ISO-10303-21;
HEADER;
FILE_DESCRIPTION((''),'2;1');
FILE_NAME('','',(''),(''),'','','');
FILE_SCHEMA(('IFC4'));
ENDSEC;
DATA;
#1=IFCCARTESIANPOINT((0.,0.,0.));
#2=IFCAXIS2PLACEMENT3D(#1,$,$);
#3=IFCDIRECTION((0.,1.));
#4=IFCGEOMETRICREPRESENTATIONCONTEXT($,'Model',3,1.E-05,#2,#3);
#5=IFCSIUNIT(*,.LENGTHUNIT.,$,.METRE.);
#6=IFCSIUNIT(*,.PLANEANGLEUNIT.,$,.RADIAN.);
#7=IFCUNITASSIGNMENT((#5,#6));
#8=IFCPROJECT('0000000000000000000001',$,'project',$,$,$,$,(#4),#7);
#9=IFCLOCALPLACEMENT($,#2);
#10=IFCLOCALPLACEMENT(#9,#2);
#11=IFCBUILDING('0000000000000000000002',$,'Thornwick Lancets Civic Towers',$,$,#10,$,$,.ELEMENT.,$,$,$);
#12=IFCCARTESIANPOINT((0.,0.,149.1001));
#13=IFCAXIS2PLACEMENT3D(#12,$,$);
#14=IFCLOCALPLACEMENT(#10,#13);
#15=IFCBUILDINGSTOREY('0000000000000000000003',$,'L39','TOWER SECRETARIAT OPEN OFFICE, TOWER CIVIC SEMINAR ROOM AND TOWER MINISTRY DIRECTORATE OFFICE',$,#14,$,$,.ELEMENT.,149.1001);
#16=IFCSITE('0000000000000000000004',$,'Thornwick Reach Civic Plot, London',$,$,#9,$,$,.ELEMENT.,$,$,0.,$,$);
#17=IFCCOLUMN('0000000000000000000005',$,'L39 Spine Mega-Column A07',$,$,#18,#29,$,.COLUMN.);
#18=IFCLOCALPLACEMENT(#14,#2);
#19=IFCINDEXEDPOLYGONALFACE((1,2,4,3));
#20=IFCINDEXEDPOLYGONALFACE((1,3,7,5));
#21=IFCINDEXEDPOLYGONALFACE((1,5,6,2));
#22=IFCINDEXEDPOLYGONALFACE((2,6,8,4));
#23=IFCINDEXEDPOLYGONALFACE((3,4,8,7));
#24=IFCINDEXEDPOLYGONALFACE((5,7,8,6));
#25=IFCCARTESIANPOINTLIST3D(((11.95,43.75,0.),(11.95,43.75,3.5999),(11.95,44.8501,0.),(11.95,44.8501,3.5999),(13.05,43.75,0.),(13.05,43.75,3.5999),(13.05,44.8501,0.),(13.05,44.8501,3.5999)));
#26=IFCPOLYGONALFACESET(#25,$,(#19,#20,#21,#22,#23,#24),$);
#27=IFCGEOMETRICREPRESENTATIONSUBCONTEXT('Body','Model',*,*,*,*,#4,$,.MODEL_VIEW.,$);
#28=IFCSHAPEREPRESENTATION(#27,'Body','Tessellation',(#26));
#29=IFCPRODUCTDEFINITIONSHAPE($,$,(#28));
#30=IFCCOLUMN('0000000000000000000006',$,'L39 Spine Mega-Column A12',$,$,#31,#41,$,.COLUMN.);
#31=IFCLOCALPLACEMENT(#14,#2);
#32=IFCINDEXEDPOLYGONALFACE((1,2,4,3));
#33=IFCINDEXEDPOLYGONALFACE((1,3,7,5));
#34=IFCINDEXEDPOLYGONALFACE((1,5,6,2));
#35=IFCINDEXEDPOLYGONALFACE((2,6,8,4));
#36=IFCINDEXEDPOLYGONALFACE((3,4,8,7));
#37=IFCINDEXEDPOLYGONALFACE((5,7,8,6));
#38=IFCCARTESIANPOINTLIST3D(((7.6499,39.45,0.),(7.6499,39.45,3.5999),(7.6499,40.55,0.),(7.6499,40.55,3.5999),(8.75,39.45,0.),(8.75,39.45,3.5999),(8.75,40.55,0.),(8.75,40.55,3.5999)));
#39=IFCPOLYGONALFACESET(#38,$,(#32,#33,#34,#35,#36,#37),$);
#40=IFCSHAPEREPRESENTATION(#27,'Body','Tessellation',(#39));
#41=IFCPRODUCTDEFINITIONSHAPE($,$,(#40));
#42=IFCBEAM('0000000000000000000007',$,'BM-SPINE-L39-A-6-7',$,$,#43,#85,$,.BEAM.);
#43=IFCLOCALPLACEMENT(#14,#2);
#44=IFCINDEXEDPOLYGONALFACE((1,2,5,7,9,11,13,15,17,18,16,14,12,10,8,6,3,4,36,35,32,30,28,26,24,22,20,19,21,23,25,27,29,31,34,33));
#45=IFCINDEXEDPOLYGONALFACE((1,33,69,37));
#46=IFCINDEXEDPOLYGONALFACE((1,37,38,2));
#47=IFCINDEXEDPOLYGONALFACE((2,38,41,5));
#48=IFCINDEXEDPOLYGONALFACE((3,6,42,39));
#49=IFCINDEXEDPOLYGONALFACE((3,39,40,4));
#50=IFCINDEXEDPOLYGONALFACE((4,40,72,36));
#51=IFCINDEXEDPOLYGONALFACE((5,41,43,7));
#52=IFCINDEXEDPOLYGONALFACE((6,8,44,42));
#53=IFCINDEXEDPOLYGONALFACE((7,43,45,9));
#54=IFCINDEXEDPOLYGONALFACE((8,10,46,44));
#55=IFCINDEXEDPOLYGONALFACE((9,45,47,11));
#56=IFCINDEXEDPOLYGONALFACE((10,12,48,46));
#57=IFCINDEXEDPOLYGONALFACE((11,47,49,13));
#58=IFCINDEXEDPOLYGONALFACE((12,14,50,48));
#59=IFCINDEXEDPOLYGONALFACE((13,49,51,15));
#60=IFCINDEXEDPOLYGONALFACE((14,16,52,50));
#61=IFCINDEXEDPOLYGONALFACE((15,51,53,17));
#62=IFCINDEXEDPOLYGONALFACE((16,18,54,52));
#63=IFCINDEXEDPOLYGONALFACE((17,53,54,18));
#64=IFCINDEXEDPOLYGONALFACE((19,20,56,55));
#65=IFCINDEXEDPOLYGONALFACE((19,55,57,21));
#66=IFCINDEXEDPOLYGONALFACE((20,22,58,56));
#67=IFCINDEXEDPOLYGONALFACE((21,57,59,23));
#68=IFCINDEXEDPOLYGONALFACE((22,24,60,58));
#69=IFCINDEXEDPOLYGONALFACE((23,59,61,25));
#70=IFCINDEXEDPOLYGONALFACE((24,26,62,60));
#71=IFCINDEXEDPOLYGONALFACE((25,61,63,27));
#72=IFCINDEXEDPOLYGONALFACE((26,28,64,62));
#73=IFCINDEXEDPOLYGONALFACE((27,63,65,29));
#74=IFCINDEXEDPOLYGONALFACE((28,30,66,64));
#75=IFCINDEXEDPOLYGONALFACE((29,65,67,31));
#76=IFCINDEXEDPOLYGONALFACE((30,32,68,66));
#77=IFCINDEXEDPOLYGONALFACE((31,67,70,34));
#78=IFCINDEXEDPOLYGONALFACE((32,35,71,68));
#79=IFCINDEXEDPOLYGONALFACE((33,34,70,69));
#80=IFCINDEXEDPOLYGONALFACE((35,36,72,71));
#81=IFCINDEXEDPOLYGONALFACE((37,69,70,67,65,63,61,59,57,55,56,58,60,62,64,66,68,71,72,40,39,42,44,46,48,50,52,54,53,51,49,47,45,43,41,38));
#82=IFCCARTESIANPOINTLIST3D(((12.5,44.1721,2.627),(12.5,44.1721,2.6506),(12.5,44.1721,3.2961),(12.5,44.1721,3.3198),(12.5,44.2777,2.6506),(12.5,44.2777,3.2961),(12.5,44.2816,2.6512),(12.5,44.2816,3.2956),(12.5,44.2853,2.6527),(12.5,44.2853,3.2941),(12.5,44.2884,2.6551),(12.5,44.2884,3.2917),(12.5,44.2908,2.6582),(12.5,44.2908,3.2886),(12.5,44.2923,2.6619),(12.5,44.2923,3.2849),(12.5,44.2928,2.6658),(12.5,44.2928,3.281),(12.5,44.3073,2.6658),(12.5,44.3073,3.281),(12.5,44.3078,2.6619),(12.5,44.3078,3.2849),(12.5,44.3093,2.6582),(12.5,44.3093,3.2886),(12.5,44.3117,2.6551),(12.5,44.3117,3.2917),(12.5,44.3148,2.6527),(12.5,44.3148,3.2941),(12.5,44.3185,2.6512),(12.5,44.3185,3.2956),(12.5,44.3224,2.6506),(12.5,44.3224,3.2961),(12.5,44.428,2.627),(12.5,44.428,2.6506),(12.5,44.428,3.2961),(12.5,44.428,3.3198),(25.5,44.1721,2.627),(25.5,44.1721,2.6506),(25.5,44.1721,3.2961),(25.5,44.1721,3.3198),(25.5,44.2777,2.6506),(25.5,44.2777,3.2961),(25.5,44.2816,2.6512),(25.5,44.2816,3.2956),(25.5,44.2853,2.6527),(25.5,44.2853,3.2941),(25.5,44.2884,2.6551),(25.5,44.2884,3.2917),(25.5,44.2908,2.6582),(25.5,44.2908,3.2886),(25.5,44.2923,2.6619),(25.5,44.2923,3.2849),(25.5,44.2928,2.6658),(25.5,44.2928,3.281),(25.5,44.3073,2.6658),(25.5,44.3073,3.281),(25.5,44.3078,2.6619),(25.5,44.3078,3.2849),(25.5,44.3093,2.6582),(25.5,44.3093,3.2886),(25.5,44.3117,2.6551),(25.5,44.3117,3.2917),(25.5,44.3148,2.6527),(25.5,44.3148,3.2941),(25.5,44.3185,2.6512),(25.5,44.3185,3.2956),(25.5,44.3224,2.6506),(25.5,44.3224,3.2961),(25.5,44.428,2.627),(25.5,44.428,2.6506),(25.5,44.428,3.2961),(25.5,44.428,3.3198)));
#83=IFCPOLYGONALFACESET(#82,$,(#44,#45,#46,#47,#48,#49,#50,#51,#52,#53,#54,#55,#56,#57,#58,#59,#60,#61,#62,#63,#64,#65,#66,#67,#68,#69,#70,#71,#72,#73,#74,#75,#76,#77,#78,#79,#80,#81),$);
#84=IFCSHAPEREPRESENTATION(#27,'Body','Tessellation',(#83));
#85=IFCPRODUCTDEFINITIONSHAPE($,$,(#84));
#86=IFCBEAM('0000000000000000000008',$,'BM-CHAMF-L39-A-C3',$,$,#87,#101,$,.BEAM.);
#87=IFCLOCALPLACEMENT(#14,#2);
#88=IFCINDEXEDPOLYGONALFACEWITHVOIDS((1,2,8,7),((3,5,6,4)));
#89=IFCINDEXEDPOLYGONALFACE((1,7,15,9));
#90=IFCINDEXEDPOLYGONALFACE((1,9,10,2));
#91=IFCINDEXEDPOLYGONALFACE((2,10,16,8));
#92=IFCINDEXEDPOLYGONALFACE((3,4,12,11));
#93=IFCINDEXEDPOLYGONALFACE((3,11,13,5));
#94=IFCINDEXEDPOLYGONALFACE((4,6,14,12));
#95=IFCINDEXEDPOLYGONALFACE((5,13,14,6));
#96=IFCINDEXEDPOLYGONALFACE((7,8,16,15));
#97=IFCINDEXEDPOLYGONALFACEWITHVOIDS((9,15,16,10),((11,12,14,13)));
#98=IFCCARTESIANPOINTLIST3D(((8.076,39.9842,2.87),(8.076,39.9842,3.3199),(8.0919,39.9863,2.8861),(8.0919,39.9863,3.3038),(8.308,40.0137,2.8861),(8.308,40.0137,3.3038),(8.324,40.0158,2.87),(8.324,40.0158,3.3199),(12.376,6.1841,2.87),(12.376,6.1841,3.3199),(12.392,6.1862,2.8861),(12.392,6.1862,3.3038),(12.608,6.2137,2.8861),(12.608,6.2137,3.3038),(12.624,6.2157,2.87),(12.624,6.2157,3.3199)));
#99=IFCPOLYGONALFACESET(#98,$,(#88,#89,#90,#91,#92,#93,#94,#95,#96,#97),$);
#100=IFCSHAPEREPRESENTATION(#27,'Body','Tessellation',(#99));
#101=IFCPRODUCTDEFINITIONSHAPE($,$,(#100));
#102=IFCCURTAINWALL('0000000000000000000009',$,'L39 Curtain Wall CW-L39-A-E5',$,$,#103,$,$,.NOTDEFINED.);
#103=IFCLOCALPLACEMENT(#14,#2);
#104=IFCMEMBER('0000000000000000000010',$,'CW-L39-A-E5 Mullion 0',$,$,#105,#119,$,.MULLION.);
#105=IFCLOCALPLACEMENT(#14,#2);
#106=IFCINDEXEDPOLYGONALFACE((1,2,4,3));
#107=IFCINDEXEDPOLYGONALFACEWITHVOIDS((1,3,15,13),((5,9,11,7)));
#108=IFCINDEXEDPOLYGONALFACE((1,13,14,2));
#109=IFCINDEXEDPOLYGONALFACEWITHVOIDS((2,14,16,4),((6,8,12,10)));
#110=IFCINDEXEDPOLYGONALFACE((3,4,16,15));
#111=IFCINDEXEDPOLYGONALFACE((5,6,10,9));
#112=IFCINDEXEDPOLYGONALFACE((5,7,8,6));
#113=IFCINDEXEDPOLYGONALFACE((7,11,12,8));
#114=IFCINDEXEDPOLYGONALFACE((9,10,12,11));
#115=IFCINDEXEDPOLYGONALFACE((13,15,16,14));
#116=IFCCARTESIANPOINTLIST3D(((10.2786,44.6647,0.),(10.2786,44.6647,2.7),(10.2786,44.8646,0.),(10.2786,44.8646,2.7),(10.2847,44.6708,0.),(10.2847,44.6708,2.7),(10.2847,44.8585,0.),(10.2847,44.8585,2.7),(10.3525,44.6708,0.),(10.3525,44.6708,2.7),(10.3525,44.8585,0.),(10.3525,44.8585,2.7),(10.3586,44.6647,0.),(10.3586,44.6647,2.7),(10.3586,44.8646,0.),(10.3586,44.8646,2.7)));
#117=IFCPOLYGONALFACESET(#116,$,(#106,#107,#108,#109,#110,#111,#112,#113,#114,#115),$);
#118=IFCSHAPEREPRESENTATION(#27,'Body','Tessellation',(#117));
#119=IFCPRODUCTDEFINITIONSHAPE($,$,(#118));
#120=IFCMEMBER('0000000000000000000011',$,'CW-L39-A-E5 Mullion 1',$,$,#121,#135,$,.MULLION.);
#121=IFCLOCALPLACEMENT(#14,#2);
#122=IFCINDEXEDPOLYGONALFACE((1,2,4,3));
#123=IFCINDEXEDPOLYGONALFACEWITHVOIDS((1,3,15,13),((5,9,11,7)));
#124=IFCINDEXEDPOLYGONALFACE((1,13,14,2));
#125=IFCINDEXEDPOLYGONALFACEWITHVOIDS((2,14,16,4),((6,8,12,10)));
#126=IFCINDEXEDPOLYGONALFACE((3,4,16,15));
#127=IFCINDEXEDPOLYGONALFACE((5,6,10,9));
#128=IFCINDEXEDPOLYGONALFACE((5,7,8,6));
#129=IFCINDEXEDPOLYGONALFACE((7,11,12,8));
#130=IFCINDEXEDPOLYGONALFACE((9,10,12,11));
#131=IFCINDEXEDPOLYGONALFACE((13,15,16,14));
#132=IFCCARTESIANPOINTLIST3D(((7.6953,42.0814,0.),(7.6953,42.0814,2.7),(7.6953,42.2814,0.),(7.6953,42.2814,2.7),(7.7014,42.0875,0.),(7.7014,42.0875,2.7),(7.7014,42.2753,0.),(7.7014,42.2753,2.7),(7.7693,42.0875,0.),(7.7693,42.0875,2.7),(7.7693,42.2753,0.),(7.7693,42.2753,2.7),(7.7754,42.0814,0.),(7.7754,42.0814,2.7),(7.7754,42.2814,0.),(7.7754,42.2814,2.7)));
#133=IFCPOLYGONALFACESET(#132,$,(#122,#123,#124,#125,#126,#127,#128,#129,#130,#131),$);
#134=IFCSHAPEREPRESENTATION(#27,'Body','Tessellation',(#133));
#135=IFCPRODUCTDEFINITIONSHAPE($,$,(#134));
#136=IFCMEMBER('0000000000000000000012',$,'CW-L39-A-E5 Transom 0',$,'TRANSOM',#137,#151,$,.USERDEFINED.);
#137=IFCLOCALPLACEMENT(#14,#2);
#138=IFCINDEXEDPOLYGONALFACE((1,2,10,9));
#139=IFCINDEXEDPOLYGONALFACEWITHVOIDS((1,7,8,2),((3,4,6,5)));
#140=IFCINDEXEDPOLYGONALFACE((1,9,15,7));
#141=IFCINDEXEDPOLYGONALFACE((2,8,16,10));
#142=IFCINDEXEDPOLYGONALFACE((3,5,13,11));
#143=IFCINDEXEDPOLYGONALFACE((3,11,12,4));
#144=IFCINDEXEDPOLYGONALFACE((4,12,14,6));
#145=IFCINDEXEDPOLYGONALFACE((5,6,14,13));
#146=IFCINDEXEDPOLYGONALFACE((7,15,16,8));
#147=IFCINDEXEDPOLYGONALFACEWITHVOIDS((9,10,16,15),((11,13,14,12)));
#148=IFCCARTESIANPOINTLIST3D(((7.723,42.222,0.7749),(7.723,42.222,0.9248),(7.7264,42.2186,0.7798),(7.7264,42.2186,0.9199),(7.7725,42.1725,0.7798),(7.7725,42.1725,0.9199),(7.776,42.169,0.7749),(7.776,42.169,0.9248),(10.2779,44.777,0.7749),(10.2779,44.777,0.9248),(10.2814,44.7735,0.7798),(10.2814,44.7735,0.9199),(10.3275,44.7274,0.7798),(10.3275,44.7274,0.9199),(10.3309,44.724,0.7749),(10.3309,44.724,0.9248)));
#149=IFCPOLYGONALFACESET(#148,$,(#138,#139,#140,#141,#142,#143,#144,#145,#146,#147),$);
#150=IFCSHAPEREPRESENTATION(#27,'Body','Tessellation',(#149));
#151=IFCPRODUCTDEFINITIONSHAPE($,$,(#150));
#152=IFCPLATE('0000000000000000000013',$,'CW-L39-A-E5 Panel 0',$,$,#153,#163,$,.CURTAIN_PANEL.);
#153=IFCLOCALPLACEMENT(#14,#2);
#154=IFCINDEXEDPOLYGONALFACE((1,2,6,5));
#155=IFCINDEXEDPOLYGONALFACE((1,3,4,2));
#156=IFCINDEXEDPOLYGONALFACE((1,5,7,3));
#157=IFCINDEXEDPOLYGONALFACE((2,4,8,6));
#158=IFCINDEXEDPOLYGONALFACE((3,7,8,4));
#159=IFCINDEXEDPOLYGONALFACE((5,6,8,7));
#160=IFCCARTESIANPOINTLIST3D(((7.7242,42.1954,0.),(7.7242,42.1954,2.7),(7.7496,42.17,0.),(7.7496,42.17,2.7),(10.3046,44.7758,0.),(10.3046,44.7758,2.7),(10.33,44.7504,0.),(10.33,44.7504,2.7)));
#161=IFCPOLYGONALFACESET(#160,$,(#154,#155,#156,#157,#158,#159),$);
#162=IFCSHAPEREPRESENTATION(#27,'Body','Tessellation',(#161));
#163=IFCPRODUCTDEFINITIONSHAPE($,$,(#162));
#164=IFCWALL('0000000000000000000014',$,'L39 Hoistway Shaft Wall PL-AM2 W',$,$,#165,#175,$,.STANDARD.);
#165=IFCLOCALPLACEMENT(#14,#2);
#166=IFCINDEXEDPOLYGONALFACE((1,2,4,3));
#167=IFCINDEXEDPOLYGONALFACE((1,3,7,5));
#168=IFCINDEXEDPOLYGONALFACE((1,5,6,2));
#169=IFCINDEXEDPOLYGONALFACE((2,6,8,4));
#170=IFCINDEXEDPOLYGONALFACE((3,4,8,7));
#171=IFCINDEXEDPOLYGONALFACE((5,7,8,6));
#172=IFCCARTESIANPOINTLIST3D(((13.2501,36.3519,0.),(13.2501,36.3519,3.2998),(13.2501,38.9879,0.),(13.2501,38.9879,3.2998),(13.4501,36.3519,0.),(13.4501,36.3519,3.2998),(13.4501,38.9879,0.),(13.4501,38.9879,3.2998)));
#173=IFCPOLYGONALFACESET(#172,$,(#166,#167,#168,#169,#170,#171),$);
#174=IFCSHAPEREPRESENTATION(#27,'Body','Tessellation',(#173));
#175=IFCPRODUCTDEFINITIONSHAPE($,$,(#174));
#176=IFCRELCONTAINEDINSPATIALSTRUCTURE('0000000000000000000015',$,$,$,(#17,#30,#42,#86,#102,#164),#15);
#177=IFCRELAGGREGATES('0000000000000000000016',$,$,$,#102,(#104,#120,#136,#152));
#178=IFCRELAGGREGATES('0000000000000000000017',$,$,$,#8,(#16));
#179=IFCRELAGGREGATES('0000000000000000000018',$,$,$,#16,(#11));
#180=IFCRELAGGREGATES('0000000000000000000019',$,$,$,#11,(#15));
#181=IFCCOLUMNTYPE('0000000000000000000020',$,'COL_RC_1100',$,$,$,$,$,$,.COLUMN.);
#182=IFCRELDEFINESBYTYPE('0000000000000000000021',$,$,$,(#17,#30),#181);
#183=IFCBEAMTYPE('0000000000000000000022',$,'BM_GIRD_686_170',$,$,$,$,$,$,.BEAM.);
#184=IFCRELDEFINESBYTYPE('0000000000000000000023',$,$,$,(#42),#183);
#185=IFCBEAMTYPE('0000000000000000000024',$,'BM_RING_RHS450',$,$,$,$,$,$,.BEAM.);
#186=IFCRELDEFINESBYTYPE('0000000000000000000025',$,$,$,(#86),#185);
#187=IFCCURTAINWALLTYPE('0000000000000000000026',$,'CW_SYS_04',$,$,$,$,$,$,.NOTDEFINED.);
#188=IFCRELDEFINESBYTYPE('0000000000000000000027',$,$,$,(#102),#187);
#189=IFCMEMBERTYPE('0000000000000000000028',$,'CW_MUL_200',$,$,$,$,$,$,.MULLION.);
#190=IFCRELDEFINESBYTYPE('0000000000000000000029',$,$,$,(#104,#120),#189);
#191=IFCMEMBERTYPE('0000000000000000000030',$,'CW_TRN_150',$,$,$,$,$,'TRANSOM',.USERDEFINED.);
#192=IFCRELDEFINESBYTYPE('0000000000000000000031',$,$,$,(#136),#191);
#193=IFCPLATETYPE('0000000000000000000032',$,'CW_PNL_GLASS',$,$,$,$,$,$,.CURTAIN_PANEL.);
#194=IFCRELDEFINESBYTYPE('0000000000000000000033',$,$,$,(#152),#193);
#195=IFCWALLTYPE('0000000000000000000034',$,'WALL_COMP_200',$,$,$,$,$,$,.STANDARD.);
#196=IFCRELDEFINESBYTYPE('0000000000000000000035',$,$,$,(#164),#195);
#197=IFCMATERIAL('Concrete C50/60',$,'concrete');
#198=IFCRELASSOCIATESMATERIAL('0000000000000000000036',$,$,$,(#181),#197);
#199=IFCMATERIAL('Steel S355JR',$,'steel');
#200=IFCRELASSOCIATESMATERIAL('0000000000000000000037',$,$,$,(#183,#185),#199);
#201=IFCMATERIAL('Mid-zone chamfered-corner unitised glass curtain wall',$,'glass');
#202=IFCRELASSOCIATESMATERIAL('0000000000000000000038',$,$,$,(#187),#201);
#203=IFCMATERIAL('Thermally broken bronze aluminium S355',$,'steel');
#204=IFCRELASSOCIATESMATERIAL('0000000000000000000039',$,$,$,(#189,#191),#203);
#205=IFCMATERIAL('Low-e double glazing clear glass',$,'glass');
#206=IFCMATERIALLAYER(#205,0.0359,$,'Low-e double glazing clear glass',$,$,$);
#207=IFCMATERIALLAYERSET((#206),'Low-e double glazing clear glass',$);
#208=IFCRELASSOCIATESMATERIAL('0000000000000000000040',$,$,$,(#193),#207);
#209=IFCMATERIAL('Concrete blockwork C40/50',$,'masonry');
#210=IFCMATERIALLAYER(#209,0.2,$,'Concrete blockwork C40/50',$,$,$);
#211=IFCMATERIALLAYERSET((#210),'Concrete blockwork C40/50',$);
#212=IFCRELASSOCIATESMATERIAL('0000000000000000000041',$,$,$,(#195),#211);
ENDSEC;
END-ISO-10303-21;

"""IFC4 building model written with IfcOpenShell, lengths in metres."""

from ifc_helpers import new_model, si_unit, direction, frame, frame_2d, origin, origin_2d, place, context, subcontext, project, spatial, rectangle, hollow_rectangle, i_section, extrude, material, layer, layer_set, material_profile, profile_set, type_object, element, aggregate, save


model = new_model("IFC4")

# Units and contexts
model_context = context("Model", 3, precision=1e-05, world=origin(), true_north=direction((0.0, 1.0)))
body_context = subcontext(model_context, "Body", "Model", "MODEL_VIEW")
ifc_project = project(units=[si_unit("LENGTHUNIT", "METRE"), si_unit("PLANEANGLEUNIT", "RADIAN")], contexts=[model_context])

# Site, building, storey
site_placement = place(None, origin())
site = spatial("IfcSite", under=ifc_project, at=site_placement, Name="Thornwick Reach Civic Plot, London", CompositionType="ELEMENT", RefElevation=0.0)
building_placement = place(site_placement, origin())
building = spatial("IfcBuilding", under=site, at=building_placement, Name="Thornwick Lancets Civic Towers", CompositionType="ELEMENT")
storey_placement = place(building_placement, frame((0.0, 0.0, 149.1001)))
storey = spatial("IfcBuildingStorey", under=building, at=storey_placement, Name="L39", Description="TOWER SECRETARIAT OPEN OFFICE, TOWER CIVIC SEMINAR ROOM AND TOWER MINISTRY DIRECTORATE OFFICE", CompositionType="ELEMENT", Elevation=149.1001)

# Columns
ifc_material_1 = material(Name="Concrete C50/60", Category="concrete")
ifc_material_profile_1 = material_profile(ifc_material_1, rectangle(XDim=1.1001, YDim=1.1001, at=origin_2d()), Name="RC 1100x1100")
ifc_profile_set_1 = profile_set([ifc_material_profile_1], Name="Concrete C50/60")
column_type = type_object("IfcColumnType", Name="COL_RC_1100", PredefinedType="COLUMN", material=ifc_profile_set_1)
for number, where, z_axis, x_axis, name in (
    (1, (12.5, 44.3, 0.0), (0.0, 0.0, 1.0), (1.0, 0.0, 0.0), "L39 Spine Mega-Column A07"),
    (2, (8.2, 40.0, 0.0), (0.0, 0.0, 1.0), (1.0, 0.0, 0.0), "L39 Spine Mega-Column A12"),
):
    element("IfcColumn", number, at=place(storey_placement, frame(where, z_axis=z_axis, x_axis=x_axis)), inside=storey, type_object=column_type, Name=name, PredefinedType="COLUMN", context=body_context, shape_type="SweptSolid", body=[
        extrude(rectangle(XDim=1.1001, YDim=1.1001, at=origin_2d()), origin(), (0.0, 0.0, 1.0), 3.5999),
    ])

# Beams
ifc_material_2 = material(Name="Steel S355JR", Category="steel")
ifc_material_profile_2 = material_profile(ifc_material_2, i_section(OverallWidth=0.2559, OverallDepth=0.6929, WebThickness=0.0144, FlangeThickness=0.0237, FilletRadius=0.0151, at=origin_2d()), Name="UKB 686x254x170")
ifc_profile_set_2 = profile_set([ifc_material_profile_2], Name="Steel S355JR")
beam_type_1 = type_object("IfcBeamType", Name="BM_GIRD_686_170", PredefinedType="BEAM", material=ifc_profile_set_2)
beam_1_placement = place(storey_placement, frame((12.5, 44.3, 2.9734), z_axis=(1.0, 0.0, 0.0), x_axis=(0.0, 1.0, 0.0)))
element("IfcBeam", 3, at=beam_1_placement, inside=storey, type_object=beam_type_1, Name="BM-SPINE-L39-A-6-7", PredefinedType="BEAM", context=body_context, shape_type="SweptSolid", body=[
    extrude(i_section(OverallWidth=0.2559, OverallDepth=0.6929, WebThickness=0.0144, FlangeThickness=0.0237, FilletRadius=0.0151, at=origin_2d()), origin(), (0.0, 0.0, 1.0), 13.0),
])
ifc_material_profile_3 = material_profile(ifc_material_2, hollow_rectangle(XDim=0.25, YDim=0.45, WallThickness=0.0161, at=origin_2d()), Name="RHS 450x250x16")
ifc_profile_set_3 = profile_set([ifc_material_profile_3], Name="Steel S355JR")
beam_type_2 = type_object("IfcBeamType", Name="BM_RING_RHS450", PredefinedType="BEAM", material=ifc_profile_set_3)
beam_2_placement = place(storey_placement, frame((8.2, 40.0, 3.095), z_axis=(0.126203, -0.992004, 0.0), x_axis=(0.992004, 0.126203, 0.0)))
element("IfcBeam", 4, at=beam_2_placement, inside=storey, type_object=beam_type_2, Name="BM-CHAMF-L39-A-C3", PredefinedType="BEAM", context=body_context, shape_type="SweptSolid", body=[
    extrude(hollow_rectangle(XDim=0.25, YDim=0.45, WallThickness=0.0161, at=origin_2d()), origin(), (0.0, 0.0, 1.0), 34.0725),
])

# Curtain wall, members, plate
ifc_material_3 = material(Name="Mid-zone chamfered-corner unitised glass curtain wall", Category="glass")
curtain_wall_type = type_object("IfcCurtainWallType", Name="CW_SYS_04", PredefinedType="NOTDEFINED", material=ifc_material_3)
curtain_wall_placement = place(storey_placement, origin())
curtain_wall = element("IfcCurtainWall", 5, at=curtain_wall_placement, inside=storey, type_object=curtain_wall_type, Name="L39 Curtain Wall CW-L39-A-E5", PredefinedType="NOTDEFINED")
ifc_material_4 = material(Name="Thermally broken bronze aluminium S355", Category="steel")
ifc_material_profile_4 = material_profile(ifc_material_4, hollow_rectangle(XDim=0.0801, YDim=0.2, WallThickness=0.0061, at=origin_2d()), Name="RHS 200x80x6")
ifc_profile_set_4 = profile_set([ifc_material_profile_4], Name="Thermally broken bronze aluminium S355")
member_type_1 = type_object("IfcMemberType", Name="CW_MUL_200", PredefinedType="MULLION", material=ifc_profile_set_4)
member_1_placement = place(storey_placement, frame((10.3186, 44.7646, 0.0), z_axis=(0.0, 0.0, 1.0), x_axis=(1.0, 0.0, 0.0)))
member_1 = element("IfcMember", 6, at=member_1_placement, type_object=member_type_1, Name="CW-L39-A-E5 Mullion 0", PredefinedType="MULLION", context=body_context, shape_type="SweptSolid", body=[
    extrude(hollow_rectangle(XDim=0.0801, YDim=0.2, WallThickness=0.0061, at=origin_2d()), origin(), (0.0, 0.0, 1.0), 2.7),
])
member_2_placement = place(storey_placement, frame((7.7354, 42.1814, 0.0), z_axis=(0.0, 0.0, 1.0), x_axis=(1.0, 0.0, 0.0)))
member_2 = element("IfcMember", 7, at=member_2_placement, type_object=member_type_1, Name="CW-L39-A-E5 Mullion 1", PredefinedType="MULLION", context=body_context, shape_type="SweptSolid", body=[
    extrude(hollow_rectangle(XDim=0.0801, YDim=0.2, WallThickness=0.0061, at=origin_2d()), origin(), (0.0, 0.0, 1.0), 2.7),
])
ifc_material_profile_5 = material_profile(ifc_material_4, hollow_rectangle(XDim=0.075, YDim=0.1499, WallThickness=0.0049, at=origin_2d()), Name="RHS 150x75x5")
ifc_profile_set_5 = profile_set([ifc_material_profile_5], Name="Thermally broken bronze aluminium S355")
member_type_2 = type_object("IfcMemberType", Name="CW_TRN_150", ElementType="TRANSOM", PredefinedType="USERDEFINED", material=ifc_profile_set_5)
member_3_placement = place(storey_placement, frame((10.3044, 44.7505, 0.8499), z_axis=(-0.707107, -0.707107, 0.0), x_axis=(0.707107, -0.707107, 0.0)))
member_3 = element("IfcMember", 8, at=member_3_placement, type_object=member_type_2, Name="CW-L39-A-E5 Transom 0", ObjectType="TRANSOM", PredefinedType="USERDEFINED", context=body_context, shape_type="SweptSolid", body=[
    extrude(hollow_rectangle(XDim=0.075, YDim=0.1499, WallThickness=0.0049, at=origin_2d()), origin(), (0.0, 0.0, 1.0), 3.6133),
])
ifc_material_5 = material(Name="Low-e double glazing clear glass", Category="glass")
ifc_layer_1 = layer(ifc_material_5, 0.0359, Name="Low-e double glazing clear glass")
ifc_layer_set_1 = layer_set([ifc_layer_1], Name="Low-e double glazing clear glass")
plate_type = type_object("IfcPlateType", Name="CW_PNL_GLASS", PredefinedType="CURTAIN_PANEL", material=ifc_layer_set_1)
plate_placement = place(storey_placement, frame((9.0271, 43.4729, 0.0), z_axis=(0.0, 0.0, 1.0), x_axis=(-0.707107, -0.707107, 0.0)))
plate = element("IfcPlate", 9, at=plate_placement, type_object=plate_type, Name="CW-L39-A-E5 Panel 0", PredefinedType="CURTAIN_PANEL", context=body_context, shape_type="SweptSolid", body=[
    extrude(rectangle(XDim=3.6492, YDim=0.0359, at=origin_2d()), origin(), (0.0, 0.0, 1.0), 2.7),
])
aggregate(curtain_wall, [member_1, member_2, member_3, plate])

# Wall
ifc_material_6 = material(Name="Concrete blockwork C40/50", Category="masonry")
ifc_layer_2 = layer(ifc_material_6, 0.2, Name="Concrete blockwork C40/50")
ifc_layer_set_2 = layer_set([ifc_layer_2], Name="Concrete blockwork C40/50")
wall_type_1 = type_object("IfcWallType", Name="WALL_COMP_200", PredefinedType="STANDARD", material=ifc_layer_set_2)
wall_1_placement = place(storey_placement, frame((13.3501, 36.3521, 0.0), z_axis=(0.0, 0.0, 1.0), x_axis=(0.0, 1.0, 0.0)))
element("IfcWall", 10, at=wall_1_placement, inside=storey, type_object=wall_type_1, Name="L39 Hoistway Shaft Wall PL-AM2 W", PredefinedType="STANDARD", context=body_context, shape_type="SweptSolid", body=[
    extrude(rectangle(XDim=2.636, YDim=0.2, at=frame_2d((1.3179, 0.0))), origin(), (0.0, 0.0, 1.0), 3.2998),
])

save(model, "model.ifc")
